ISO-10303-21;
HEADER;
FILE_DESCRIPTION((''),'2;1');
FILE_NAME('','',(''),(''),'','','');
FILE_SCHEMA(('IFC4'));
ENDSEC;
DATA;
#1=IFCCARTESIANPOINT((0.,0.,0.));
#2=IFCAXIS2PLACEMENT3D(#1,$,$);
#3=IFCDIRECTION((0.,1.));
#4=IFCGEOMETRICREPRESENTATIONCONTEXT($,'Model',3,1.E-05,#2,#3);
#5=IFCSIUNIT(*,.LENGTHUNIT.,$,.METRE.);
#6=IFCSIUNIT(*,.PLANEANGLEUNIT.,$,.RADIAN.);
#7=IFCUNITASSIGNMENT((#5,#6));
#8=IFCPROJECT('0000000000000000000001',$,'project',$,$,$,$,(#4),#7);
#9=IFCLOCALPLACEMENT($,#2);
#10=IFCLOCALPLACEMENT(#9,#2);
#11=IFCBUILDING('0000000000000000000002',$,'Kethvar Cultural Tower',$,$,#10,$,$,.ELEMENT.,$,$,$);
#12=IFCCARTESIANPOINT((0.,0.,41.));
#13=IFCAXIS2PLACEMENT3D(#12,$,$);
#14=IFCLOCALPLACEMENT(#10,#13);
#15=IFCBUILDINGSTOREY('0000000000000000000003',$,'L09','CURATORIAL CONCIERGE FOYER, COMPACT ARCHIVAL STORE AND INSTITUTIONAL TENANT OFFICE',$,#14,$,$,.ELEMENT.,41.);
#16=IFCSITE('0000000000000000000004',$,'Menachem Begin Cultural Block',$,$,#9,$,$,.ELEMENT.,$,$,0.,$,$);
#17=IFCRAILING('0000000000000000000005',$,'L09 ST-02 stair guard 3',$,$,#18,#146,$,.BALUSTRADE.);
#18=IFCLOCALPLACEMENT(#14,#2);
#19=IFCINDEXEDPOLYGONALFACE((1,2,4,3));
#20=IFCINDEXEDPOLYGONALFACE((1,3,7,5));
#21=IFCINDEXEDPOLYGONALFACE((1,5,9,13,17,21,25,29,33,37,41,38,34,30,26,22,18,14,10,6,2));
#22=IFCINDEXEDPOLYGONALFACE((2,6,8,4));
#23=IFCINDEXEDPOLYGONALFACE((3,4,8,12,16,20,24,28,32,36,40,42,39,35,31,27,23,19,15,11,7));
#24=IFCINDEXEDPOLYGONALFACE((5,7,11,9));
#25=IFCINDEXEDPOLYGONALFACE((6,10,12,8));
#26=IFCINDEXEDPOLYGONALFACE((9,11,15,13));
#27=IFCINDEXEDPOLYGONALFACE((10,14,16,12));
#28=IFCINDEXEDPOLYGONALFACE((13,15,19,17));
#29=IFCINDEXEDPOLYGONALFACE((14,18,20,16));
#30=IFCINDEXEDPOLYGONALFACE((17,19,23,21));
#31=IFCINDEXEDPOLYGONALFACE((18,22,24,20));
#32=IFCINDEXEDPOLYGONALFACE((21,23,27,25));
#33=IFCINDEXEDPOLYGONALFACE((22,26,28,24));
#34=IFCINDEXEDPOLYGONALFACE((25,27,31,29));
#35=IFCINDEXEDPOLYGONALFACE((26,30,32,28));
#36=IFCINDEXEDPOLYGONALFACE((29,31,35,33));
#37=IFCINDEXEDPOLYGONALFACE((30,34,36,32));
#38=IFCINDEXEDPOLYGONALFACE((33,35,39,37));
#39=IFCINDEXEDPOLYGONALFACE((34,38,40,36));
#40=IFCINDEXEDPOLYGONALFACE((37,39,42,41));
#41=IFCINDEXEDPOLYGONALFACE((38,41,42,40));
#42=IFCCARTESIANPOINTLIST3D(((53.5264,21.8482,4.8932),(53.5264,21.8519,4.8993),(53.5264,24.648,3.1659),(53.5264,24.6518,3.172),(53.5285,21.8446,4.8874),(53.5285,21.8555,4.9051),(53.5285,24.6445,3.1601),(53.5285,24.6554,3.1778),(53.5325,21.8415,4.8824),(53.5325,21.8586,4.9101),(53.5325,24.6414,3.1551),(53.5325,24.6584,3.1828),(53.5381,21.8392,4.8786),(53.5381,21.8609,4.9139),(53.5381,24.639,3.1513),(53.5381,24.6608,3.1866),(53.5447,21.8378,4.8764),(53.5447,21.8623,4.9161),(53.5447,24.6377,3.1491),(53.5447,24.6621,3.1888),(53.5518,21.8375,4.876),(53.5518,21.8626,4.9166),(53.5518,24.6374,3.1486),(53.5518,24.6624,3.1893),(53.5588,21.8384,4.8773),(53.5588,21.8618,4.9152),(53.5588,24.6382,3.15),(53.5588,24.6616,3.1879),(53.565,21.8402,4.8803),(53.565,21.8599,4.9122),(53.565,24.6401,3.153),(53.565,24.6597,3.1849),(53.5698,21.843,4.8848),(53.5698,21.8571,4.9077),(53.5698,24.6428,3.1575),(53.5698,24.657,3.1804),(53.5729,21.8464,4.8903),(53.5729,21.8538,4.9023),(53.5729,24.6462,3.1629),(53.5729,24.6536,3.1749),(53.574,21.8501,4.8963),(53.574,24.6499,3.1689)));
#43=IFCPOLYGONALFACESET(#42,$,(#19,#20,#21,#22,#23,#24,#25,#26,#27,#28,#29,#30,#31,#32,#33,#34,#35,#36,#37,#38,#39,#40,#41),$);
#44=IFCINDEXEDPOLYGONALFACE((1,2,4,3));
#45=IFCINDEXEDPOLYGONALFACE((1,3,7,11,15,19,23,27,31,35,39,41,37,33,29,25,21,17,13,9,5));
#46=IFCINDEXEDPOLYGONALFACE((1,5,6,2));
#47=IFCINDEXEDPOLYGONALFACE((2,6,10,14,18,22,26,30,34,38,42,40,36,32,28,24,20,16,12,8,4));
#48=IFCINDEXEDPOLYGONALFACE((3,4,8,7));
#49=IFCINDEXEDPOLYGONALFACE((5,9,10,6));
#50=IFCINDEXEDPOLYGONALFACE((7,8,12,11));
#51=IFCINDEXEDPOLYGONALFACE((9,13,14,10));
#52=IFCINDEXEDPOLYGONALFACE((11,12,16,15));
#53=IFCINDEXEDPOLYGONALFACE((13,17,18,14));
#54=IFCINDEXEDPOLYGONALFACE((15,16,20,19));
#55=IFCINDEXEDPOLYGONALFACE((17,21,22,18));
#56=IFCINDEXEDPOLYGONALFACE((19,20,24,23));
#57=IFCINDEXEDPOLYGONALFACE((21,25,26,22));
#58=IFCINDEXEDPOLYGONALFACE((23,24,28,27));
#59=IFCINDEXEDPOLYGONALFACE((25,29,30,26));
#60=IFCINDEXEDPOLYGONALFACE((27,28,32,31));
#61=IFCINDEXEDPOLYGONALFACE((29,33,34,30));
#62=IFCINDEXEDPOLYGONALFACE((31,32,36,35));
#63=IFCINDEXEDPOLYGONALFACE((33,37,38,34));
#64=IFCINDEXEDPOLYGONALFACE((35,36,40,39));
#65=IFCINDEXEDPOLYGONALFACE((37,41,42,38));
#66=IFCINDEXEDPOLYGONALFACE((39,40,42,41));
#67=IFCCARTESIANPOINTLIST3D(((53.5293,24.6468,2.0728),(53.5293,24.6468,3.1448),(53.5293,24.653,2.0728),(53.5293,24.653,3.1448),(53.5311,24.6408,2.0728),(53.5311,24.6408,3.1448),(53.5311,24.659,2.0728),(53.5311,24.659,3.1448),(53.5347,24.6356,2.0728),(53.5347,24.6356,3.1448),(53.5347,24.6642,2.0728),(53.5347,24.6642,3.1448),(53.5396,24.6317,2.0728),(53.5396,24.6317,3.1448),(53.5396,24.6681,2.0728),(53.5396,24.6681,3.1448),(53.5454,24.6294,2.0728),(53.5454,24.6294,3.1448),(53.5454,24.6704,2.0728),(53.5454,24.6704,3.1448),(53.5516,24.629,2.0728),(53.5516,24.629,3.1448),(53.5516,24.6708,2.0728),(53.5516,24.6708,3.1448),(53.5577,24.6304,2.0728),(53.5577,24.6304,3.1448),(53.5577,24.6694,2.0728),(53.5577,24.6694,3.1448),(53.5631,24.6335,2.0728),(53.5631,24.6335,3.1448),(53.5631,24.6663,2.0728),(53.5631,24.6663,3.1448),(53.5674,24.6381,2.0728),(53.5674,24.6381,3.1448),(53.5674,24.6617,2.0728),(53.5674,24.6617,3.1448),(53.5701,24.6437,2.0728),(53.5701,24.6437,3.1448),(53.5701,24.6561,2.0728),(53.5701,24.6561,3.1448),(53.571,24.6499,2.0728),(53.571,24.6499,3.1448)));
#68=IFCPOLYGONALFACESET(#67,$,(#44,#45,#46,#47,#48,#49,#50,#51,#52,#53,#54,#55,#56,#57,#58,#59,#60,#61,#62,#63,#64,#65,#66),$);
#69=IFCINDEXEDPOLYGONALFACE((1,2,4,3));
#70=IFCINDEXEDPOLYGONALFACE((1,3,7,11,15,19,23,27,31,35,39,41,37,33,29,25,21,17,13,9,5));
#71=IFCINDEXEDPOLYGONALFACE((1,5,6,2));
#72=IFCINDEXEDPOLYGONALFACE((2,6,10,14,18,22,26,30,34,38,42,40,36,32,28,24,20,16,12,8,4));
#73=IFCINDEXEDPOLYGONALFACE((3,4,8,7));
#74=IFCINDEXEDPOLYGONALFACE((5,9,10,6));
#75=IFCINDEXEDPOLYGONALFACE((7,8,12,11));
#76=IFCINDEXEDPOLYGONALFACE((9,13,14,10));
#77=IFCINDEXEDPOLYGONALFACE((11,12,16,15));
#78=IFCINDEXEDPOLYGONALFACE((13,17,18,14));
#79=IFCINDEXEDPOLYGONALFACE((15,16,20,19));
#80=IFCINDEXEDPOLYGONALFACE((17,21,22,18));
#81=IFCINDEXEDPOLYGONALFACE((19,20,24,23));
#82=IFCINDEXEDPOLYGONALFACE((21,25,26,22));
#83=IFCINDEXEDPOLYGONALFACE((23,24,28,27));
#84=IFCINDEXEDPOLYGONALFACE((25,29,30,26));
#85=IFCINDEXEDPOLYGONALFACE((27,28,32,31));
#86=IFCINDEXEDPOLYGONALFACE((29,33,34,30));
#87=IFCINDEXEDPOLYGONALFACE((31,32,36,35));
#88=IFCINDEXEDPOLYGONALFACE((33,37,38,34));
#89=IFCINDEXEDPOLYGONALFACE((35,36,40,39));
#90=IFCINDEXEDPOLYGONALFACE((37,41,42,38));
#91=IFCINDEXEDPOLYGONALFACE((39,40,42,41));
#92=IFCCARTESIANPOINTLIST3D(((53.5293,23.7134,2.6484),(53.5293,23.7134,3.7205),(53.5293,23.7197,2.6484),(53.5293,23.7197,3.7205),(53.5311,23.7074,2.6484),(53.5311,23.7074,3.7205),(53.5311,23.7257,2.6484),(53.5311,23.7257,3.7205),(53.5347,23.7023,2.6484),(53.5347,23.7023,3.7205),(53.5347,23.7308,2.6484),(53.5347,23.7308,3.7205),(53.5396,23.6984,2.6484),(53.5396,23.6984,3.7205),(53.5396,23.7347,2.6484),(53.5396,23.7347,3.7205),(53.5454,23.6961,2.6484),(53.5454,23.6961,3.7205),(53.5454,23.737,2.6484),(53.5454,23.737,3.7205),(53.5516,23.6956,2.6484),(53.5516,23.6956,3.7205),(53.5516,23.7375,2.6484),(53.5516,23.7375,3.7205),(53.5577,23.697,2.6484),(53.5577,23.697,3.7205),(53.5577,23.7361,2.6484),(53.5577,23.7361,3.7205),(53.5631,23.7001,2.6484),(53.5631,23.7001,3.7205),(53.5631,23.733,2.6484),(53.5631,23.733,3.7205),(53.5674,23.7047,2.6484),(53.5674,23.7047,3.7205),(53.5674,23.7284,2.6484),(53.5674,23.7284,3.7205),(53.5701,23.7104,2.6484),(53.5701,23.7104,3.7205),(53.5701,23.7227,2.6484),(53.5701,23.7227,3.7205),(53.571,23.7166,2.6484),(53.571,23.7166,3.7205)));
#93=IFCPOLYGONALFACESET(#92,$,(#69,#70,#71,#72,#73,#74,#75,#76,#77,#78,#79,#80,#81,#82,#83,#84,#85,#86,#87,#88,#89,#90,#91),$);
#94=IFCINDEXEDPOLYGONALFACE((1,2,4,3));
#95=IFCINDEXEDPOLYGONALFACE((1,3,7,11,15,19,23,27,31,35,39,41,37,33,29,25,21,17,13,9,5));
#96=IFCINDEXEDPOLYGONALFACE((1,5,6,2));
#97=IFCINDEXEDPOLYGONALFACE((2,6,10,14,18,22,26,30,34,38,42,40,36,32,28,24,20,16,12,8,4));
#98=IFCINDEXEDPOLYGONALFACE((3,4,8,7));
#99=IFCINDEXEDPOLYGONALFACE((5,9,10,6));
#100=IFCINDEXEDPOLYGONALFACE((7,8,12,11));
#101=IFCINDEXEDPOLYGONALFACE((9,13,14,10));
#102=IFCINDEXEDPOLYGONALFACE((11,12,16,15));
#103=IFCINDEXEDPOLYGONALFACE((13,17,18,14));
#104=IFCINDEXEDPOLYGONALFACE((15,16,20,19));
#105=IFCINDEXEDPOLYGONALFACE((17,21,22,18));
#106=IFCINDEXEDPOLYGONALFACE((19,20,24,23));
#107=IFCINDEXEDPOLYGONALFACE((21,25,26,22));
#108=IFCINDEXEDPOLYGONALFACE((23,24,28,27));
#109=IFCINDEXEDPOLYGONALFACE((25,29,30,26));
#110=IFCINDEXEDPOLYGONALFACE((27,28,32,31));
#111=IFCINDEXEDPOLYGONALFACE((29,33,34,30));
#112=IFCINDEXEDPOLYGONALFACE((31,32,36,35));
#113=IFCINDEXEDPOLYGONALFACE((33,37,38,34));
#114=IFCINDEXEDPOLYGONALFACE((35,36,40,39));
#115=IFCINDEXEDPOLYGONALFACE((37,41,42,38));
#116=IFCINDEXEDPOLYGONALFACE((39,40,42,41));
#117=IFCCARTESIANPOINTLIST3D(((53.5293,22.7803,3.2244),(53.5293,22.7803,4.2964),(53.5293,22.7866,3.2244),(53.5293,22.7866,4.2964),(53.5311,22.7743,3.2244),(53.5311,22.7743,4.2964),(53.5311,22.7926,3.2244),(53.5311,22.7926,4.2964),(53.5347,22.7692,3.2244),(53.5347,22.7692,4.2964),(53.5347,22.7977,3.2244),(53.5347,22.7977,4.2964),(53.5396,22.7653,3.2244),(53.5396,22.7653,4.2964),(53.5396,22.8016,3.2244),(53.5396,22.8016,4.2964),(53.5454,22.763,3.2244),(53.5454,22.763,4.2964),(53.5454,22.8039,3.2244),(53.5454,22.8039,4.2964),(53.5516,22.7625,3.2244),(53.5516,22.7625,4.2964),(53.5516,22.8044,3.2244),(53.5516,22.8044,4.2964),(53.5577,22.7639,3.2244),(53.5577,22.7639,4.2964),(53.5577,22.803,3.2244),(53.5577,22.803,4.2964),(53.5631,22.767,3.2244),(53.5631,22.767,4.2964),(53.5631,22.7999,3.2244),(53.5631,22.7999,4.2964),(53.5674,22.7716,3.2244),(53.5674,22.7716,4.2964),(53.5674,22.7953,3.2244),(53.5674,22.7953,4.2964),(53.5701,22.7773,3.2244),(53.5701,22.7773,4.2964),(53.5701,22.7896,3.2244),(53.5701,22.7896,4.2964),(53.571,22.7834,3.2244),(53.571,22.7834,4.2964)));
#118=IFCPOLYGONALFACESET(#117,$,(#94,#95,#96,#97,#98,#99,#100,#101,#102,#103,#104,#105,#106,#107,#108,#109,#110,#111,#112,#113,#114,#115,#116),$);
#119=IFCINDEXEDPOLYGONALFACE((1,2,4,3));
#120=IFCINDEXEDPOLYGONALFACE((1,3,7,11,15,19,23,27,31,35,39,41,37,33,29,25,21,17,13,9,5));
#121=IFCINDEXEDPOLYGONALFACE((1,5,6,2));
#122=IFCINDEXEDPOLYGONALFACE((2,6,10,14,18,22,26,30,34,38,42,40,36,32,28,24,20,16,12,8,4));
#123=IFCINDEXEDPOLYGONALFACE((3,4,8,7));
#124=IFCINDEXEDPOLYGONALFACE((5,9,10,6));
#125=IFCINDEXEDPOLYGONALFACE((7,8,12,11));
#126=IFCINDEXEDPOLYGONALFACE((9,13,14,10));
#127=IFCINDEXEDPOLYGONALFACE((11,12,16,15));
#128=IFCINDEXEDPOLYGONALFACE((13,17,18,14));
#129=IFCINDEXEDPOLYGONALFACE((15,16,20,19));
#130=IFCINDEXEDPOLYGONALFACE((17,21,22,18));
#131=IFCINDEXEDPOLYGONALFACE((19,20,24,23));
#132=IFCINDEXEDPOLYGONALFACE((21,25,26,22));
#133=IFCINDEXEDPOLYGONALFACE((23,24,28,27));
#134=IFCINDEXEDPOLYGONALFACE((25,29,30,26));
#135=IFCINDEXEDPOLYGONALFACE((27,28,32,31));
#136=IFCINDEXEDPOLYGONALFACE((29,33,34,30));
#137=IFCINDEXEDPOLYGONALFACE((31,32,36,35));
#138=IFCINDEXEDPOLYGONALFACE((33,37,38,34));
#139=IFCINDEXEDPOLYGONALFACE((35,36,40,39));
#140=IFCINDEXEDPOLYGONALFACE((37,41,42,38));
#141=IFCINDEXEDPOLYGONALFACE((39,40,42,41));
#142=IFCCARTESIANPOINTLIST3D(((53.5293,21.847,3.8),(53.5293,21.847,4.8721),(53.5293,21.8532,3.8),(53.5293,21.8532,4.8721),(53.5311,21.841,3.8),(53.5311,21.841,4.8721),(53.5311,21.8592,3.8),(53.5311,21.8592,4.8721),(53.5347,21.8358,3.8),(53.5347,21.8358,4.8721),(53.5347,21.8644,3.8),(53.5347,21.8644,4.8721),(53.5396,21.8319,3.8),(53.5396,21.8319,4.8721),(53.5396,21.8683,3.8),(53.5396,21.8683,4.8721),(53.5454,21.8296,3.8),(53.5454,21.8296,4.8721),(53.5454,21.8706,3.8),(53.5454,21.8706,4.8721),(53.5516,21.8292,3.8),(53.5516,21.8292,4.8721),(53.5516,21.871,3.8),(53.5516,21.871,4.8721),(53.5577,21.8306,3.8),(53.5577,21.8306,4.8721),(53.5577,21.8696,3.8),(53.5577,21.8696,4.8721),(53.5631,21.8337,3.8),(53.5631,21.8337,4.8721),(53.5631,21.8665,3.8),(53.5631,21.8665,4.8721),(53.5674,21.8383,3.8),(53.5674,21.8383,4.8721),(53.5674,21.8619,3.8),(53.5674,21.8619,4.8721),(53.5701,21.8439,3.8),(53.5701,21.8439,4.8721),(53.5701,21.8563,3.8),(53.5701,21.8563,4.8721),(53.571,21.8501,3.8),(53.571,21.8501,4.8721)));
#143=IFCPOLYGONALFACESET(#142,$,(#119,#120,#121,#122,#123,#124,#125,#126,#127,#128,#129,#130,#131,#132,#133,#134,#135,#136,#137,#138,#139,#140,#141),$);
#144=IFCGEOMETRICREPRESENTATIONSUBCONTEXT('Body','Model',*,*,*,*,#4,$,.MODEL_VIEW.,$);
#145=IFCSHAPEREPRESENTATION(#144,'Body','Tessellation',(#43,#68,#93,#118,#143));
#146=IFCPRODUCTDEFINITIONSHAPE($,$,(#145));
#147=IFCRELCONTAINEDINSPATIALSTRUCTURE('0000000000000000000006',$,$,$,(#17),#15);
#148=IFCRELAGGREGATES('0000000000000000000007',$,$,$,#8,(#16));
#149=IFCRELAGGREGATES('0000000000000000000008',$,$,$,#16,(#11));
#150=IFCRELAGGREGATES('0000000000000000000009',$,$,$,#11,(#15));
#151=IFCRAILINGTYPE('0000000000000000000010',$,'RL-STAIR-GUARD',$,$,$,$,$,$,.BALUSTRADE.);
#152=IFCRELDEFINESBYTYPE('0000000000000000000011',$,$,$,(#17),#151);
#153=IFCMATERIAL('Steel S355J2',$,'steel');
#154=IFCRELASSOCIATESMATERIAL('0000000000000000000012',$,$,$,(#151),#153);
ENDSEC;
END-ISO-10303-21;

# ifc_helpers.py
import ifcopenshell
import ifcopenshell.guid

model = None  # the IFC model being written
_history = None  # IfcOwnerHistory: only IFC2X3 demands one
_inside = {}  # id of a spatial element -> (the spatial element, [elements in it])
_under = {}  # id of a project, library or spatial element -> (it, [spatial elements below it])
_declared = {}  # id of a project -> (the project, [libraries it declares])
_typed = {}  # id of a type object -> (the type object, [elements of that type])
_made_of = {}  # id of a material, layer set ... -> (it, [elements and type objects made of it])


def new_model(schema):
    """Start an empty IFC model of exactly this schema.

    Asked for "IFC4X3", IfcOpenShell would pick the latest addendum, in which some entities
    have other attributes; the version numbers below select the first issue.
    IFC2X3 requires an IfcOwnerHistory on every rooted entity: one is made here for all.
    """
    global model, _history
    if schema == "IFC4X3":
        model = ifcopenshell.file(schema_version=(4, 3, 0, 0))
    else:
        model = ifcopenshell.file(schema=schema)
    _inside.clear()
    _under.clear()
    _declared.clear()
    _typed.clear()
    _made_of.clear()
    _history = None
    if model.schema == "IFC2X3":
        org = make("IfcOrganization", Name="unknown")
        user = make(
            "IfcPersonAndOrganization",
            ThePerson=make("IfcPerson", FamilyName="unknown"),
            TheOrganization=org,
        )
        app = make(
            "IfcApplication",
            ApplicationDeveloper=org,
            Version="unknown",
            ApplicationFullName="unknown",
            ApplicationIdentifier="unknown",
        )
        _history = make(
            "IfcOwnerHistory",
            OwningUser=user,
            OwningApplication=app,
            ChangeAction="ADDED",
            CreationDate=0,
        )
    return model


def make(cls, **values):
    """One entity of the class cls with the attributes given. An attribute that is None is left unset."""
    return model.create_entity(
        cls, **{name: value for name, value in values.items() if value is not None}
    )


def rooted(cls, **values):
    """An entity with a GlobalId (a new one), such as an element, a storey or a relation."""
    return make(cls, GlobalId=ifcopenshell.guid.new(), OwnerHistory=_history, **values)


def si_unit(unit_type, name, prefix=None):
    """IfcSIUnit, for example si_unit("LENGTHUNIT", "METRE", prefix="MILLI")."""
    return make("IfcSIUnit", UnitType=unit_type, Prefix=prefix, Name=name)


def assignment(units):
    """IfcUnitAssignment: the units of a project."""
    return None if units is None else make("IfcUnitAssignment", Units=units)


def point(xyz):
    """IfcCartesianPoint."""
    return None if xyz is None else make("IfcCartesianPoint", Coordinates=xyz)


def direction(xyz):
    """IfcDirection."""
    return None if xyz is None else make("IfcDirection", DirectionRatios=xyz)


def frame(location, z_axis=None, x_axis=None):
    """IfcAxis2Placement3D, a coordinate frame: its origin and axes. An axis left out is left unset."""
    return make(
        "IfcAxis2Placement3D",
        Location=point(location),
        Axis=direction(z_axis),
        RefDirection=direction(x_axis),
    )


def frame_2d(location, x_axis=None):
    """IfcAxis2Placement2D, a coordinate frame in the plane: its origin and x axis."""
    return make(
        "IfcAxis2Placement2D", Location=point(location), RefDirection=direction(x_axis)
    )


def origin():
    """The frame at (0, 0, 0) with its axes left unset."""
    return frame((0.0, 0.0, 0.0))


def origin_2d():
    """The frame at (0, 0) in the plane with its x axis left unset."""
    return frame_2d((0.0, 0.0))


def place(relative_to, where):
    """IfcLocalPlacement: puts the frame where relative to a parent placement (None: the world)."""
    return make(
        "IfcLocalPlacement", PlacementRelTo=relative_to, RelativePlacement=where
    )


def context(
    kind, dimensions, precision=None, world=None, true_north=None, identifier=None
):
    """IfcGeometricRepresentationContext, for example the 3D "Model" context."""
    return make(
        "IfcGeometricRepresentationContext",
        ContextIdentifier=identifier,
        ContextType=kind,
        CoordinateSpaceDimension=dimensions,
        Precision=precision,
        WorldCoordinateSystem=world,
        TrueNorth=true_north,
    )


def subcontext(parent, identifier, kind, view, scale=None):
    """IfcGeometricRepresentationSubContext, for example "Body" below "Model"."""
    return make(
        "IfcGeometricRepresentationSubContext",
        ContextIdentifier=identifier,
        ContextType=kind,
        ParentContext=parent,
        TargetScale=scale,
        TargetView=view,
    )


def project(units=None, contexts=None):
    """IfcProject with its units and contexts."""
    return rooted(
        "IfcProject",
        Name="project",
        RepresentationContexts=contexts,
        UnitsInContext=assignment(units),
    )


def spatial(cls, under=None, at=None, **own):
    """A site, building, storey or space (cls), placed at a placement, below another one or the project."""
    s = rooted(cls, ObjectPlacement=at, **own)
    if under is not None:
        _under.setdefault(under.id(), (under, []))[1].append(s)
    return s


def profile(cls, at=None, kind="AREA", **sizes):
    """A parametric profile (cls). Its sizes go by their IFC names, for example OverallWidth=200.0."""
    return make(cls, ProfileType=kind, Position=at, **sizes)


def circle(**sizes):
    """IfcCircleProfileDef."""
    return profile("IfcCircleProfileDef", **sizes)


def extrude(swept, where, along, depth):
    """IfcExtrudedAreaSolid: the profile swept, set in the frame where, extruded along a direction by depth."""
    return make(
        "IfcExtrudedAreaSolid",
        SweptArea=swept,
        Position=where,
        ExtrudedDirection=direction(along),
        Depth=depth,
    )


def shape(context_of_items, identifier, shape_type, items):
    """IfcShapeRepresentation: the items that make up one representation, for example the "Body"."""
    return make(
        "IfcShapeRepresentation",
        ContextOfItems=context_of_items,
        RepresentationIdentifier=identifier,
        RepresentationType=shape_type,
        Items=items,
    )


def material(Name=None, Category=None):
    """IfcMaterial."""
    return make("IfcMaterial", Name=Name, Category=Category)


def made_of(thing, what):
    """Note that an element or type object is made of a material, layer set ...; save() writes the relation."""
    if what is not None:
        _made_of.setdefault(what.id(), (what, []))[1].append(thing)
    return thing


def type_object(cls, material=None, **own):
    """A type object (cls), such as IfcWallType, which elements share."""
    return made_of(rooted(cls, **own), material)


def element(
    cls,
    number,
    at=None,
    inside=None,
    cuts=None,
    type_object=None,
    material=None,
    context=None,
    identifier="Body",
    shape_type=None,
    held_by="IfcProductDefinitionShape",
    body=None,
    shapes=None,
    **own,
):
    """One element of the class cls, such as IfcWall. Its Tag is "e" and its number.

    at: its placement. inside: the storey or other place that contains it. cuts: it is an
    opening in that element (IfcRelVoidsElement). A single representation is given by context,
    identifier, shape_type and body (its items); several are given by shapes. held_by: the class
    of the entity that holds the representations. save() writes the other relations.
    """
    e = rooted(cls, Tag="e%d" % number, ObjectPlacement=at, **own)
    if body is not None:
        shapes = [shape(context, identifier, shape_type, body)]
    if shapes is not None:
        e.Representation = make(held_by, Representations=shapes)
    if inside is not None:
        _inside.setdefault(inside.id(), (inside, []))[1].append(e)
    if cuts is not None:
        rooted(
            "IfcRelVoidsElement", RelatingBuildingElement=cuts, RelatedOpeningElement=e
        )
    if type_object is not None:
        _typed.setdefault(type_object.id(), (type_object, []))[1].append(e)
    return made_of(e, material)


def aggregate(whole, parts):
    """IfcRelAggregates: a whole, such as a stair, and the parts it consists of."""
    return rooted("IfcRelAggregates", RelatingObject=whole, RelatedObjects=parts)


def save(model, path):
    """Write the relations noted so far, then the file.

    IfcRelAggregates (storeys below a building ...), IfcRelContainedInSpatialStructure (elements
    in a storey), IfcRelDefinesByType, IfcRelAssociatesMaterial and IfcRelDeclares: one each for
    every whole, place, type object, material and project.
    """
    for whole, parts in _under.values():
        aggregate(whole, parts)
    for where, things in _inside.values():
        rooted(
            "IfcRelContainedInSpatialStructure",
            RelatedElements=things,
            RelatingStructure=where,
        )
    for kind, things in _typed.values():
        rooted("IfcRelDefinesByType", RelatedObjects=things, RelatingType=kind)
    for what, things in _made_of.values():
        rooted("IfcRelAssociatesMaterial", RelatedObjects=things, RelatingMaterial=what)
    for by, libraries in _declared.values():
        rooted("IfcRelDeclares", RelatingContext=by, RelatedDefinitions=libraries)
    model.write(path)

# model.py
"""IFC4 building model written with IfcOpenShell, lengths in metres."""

from ifc_helpers import new_model, si_unit, direction, frame, origin, origin_2d, place, context, subcontext, project, spatial, circle, extrude, material, type_object, element, save


model = new_model("IFC4")

# Units and contexts
model_context = context("Model", 3, precision=1e-05, world=origin(), true_north=direction((0.0, 1.0)))
body_context = subcontext(model_context, "Body", "Model", "MODEL_VIEW")
ifc_project = project(units=[si_unit("LENGTHUNIT", "METRE"), si_unit("PLANEANGLEUNIT", "RADIAN")], contexts=[model_context])

# Site, building, storey
site_placement = place(None, origin())
site = spatial("IfcSite", under=ifc_project, at=site_placement, Name="Menachem Begin Cultural Block", CompositionType="ELEMENT", RefElevation=0.0)
building_placement = place(site_placement, origin())
building = spatial("IfcBuilding", under=site, at=building_placement, Name="Kethvar Cultural Tower", CompositionType="ELEMENT")
storey_placement = place(building_placement, frame((0.0, 0.0, 41.0)))
storey = spatial("IfcBuildingStorey", under=building, at=storey_placement, Name="L09", Description="CURATORIAL CONCIERGE FOYER, COMPACT ARCHIVAL STORE AND INSTITUTIONAL TENANT OFFICE", CompositionType="ELEMENT", Elevation=41.0)

# Shared definitions
ifc_material_1 = material(Name="Steel S355J2", Category="steel")

# Railing
railing_type_1 = type_object("IfcRailingType", Name="RL-STAIR-GUARD", PredefinedType="BALUSTRADE", material=ifc_material_1)
railing_1_placement = place(storey_placement, frame((53.55, 24.6499, 2.0728)))
element("IfcRailing", 1, at=railing_1_placement, inside=storey, type_object=railing_type_1, Name="L09 ST-02 stair guard 3", PredefinedType="BALUSTRADE", context=body_context, shape_type="SweptSolid", body=[
    extrude(circle(Radius=0.0239, at=origin_2d()), frame((0.0, 0.0, 1.0962), z_axis=(0.0, -0.851069, 0.525054), x_axis=(1.0, 0.0, 0.0)), (0.0, 0.0, 1.0), 3.2898),
    extrude(circle(Radius=0.021, at=origin_2d()), origin(), (0.0, 0.0, 1.0), 1.072),
    extrude(circle(Radius=0.021, at=origin_2d()), frame((0.0, -0.9333, 0.5757)), (0.0, 0.0, 1.0), 1.072),
    extrude(circle(Radius=0.021, at=origin_2d()), frame((0.0, -1.8665, 1.1516)), (0.0, 0.0, 1.0), 1.072),
    extrude(circle(Radius=0.021, at=origin_2d()), frame((0.0, -2.7998, 1.7273)), (0.0, 0.0, 1.0), 1.072),
])

save(model, "model.ifc")
